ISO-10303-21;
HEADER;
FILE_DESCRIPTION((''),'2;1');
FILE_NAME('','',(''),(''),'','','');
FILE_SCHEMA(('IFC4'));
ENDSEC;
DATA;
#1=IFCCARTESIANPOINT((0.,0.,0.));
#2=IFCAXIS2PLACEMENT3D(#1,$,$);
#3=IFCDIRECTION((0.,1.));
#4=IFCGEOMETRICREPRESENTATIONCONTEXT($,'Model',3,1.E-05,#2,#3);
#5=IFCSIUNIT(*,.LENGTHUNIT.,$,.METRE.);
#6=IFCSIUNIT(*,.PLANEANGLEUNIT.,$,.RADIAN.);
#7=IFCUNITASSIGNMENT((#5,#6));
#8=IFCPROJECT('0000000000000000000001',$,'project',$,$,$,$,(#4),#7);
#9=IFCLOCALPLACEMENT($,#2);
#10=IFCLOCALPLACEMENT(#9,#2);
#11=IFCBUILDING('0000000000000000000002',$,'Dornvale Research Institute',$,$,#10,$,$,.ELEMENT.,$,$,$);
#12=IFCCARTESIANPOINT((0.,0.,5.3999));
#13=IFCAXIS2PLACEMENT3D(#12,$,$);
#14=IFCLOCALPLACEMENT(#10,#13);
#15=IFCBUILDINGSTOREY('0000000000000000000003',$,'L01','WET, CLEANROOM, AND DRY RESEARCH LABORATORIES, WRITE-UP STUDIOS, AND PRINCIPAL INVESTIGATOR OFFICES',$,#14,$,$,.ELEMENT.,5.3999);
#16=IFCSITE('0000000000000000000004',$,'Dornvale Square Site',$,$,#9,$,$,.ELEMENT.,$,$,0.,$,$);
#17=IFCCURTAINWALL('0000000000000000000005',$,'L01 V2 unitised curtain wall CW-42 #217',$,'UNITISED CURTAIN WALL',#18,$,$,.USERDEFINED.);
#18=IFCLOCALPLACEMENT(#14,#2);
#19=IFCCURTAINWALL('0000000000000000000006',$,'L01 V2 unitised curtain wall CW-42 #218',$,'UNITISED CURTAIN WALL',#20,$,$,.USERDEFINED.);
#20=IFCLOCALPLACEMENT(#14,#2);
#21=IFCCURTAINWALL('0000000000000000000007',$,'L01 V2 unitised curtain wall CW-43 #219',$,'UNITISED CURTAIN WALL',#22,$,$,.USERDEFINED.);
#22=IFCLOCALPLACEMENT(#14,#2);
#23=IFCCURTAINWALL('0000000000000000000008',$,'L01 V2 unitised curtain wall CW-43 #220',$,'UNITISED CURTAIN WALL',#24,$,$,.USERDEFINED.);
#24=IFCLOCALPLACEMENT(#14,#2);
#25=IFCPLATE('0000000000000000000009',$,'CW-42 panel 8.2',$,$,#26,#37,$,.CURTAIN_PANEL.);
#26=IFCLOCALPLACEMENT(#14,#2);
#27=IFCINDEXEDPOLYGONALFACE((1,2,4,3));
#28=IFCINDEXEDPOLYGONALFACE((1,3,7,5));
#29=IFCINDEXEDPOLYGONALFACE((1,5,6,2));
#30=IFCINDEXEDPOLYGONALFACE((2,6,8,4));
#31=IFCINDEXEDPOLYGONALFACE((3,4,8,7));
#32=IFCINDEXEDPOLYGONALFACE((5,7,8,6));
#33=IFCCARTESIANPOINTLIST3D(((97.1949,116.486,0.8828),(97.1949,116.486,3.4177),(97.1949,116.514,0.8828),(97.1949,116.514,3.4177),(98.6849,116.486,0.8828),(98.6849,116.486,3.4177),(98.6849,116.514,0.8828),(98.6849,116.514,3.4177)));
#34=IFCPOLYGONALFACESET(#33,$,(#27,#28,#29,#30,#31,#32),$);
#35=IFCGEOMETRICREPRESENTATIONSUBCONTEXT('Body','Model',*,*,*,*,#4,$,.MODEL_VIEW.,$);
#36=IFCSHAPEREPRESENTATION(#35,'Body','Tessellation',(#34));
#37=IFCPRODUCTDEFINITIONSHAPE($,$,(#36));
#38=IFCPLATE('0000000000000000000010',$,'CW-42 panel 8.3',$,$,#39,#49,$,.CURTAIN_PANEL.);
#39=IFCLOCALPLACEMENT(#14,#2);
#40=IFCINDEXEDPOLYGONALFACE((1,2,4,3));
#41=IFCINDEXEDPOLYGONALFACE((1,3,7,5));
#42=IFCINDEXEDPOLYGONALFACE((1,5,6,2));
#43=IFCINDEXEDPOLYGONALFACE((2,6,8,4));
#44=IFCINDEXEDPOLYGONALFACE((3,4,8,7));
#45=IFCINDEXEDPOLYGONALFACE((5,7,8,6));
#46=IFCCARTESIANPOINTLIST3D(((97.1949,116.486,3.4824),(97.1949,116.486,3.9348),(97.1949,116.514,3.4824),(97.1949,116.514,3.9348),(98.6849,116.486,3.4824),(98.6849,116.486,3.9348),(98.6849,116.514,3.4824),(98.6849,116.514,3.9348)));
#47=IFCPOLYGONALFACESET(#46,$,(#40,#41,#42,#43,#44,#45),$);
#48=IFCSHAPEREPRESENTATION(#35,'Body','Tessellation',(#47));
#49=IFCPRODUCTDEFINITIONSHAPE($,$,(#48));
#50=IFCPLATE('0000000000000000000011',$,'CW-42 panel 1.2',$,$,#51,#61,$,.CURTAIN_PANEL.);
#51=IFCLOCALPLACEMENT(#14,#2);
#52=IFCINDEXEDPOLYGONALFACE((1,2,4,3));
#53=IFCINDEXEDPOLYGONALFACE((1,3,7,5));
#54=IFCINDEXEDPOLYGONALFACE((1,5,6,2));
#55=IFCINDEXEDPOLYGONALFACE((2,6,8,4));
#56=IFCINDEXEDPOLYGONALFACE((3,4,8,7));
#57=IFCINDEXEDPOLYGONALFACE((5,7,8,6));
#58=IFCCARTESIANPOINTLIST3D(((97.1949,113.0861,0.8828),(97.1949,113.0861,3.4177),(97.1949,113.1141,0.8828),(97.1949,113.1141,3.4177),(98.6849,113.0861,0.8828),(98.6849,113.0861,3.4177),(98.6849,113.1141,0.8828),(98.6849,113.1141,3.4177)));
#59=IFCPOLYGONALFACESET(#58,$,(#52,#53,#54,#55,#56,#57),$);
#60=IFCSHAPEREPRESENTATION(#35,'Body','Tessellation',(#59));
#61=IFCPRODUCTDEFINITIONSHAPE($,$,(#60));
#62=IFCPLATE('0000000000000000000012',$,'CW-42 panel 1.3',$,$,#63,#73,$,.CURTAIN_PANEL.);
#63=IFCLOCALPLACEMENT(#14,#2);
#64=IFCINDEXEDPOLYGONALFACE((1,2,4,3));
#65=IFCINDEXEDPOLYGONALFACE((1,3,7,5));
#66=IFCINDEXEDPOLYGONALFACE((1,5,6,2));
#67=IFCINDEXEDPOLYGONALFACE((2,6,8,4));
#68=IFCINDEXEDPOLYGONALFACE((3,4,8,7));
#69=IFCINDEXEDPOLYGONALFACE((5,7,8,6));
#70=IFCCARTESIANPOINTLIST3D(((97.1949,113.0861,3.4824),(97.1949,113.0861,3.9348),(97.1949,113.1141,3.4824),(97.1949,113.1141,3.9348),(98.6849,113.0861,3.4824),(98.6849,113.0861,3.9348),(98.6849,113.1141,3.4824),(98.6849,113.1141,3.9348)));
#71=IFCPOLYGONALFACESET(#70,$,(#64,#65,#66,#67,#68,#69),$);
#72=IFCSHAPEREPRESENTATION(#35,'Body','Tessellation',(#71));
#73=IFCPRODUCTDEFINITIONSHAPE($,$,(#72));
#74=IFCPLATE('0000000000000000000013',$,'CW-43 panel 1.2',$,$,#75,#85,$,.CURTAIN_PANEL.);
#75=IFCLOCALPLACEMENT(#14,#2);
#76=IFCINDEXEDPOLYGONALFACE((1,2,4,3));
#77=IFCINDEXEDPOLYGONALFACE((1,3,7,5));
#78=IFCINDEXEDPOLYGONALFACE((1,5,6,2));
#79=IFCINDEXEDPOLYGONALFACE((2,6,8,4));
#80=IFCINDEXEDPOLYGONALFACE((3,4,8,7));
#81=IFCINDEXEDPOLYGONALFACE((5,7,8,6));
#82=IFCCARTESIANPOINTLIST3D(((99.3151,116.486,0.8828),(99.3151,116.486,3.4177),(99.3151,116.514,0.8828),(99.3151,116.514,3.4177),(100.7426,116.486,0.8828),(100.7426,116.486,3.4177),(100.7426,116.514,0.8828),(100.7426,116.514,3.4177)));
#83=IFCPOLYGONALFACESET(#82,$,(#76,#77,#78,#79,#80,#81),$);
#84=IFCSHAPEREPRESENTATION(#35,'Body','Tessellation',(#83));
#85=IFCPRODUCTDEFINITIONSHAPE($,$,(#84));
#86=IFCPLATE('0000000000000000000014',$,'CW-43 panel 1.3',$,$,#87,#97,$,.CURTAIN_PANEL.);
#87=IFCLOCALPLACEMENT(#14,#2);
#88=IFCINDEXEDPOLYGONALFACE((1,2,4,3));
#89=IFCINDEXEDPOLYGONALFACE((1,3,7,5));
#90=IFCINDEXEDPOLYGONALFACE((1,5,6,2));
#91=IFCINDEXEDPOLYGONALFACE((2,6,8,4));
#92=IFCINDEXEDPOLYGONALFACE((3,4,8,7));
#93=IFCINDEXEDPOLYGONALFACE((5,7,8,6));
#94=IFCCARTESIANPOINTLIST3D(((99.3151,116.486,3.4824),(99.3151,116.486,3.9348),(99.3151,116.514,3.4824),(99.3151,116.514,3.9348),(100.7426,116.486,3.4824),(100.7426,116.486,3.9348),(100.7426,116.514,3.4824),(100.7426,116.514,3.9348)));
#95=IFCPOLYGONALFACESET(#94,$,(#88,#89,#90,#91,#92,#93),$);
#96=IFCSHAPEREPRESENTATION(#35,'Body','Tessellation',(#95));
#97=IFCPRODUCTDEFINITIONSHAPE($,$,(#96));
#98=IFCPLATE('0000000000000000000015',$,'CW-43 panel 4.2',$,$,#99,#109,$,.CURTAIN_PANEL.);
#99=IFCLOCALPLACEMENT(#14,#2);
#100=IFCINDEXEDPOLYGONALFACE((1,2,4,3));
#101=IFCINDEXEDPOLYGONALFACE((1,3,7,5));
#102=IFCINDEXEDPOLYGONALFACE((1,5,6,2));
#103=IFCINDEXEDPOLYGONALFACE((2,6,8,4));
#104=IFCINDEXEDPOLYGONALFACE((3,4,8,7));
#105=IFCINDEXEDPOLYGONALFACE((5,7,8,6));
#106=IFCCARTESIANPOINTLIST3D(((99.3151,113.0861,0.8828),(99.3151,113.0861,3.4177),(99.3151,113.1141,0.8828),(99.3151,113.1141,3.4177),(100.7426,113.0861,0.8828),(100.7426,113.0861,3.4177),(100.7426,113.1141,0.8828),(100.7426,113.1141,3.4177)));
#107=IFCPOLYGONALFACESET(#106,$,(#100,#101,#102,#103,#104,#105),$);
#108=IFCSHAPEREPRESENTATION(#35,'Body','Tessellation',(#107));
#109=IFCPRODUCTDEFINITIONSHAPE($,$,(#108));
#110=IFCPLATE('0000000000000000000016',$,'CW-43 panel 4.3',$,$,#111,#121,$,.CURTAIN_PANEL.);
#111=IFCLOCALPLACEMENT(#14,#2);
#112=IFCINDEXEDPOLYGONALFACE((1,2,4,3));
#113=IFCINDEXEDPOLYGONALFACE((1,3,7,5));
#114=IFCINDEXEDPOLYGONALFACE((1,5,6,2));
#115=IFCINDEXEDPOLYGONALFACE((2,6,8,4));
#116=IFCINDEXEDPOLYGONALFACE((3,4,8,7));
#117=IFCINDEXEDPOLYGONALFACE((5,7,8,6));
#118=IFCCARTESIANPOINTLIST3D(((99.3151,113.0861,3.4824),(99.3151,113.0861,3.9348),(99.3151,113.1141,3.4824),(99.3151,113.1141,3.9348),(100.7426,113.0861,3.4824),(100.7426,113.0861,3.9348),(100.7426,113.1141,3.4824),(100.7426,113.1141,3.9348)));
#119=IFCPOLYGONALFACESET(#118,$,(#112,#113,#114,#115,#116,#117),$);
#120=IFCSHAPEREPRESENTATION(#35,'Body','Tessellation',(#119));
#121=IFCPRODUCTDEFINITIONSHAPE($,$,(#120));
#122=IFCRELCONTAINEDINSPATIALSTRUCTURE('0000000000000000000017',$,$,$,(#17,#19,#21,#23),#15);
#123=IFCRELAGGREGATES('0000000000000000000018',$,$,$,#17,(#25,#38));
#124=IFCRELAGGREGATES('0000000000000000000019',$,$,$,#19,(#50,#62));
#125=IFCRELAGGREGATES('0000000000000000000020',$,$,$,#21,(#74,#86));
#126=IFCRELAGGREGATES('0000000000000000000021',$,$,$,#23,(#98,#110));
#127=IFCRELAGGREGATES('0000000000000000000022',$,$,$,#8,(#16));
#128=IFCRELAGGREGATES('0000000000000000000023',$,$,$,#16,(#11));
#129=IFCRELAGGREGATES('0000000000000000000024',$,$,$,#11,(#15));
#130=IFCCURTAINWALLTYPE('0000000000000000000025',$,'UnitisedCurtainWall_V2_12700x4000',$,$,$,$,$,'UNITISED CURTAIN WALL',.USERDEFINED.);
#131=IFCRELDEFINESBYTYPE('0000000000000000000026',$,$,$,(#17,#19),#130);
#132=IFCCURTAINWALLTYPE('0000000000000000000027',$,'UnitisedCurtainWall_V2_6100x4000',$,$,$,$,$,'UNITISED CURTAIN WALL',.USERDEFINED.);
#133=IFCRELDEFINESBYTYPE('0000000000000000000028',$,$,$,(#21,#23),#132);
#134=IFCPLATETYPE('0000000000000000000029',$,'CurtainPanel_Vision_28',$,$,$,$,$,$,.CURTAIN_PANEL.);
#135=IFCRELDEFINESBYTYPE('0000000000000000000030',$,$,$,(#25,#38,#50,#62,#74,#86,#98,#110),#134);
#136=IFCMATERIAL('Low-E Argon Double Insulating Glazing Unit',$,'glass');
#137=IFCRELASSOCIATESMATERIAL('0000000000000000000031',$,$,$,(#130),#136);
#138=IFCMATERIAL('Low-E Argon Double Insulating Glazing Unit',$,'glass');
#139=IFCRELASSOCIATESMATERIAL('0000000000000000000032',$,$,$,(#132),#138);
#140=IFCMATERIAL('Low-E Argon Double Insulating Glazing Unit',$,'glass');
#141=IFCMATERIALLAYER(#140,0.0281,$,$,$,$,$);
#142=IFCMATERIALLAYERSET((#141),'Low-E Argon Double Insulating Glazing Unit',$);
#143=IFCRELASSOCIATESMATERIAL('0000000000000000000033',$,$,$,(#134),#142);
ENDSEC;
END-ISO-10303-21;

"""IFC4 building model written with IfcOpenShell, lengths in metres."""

from ifc_helpers import new_model, si_unit, direction, frame, origin, origin_2d, place, context, subcontext, project, spatial, rectangle, extrude, material, layer, layer_set, type_object, element, aggregate, save


model = new_model("IFC4")

# Units and contexts
model_context = context("Model", 3, precision=1e-05, world=origin(), true_north=direction((0.0, 1.0)))
body_context = subcontext(model_context, "Body", "Model", "MODEL_VIEW")
ifc_project = project(units=[si_unit("LENGTHUNIT", "METRE"), si_unit("PLANEANGLEUNIT", "RADIAN")], contexts=[model_context])

# Site, building, storey
site_placement = place(None, origin())
site = spatial("IfcSite", under=ifc_project, at=site_placement, Name="Dornvale Square Site", CompositionType="ELEMENT", RefElevation=0.0)
building_placement = place(site_placement, origin())
building = spatial("IfcBuilding", under=site, at=building_placement, Name="Dornvale Research Institute", CompositionType="ELEMENT")
storey_placement = place(building_placement, frame((0.0, 0.0, 5.3999)))
storey = spatial("IfcBuildingStorey", under=building, at=storey_placement, Name="L01", Description="WET, CLEANROOM, AND DRY RESEARCH LABORATORIES, WRITE-UP STUDIOS, AND PRINCIPAL INVESTIGATOR OFFICES", CompositionType="ELEMENT", Elevation=5.3999)

# Curtain walls
ifc_material_1 = material(Name="Low-E Argon Double Insulating Glazing Unit", Category="glass")
curtain_wall_type_1 = type_object("IfcCurtainWallType", Name="UnitisedCurtainWall_V2_12700x4000", ElementType="UNITISED CURTAIN WALL", PredefinedType="USERDEFINED", material=ifc_material_1)
curtain_wall_1_placement = place(storey_placement, origin())
curtain_wall_1 = element("IfcCurtainWall", 1, at=curtain_wall_1_placement, inside=storey, type_object=curtain_wall_type_1, Name="L01 V2 unitised curtain wall CW-42 #217", ObjectType="UNITISED CURTAIN WALL", PredefinedType="USERDEFINED")
curtain_wall_2_placement = place(storey_placement, origin())
curtain_wall_2 = element("IfcCurtainWall", 2, at=curtain_wall_2_placement, inside=storey, type_object=curtain_wall_type_1, Name="L01 V2 unitised curtain wall CW-42 #218", ObjectType="UNITISED CURTAIN WALL", PredefinedType="USERDEFINED")

# Curtain walls
ifc_material_2 = material(Name="Low-E Argon Double Insulating Glazing Unit", Category="glass")
curtain_wall_type_2 = type_object("IfcCurtainWallType", Name="UnitisedCurtainWall_V2_6100x4000", ElementType="UNITISED CURTAIN WALL", PredefinedType="USERDEFINED", material=ifc_material_2)
curtain_wall_3_placement = place(storey_placement, origin())
curtain_wall_3 = element("IfcCurtainWall", 3, at=curtain_wall_3_placement, inside=storey, type_object=curtain_wall_type_2, Name="L01 V2 unitised curtain wall CW-43 #219", ObjectType="UNITISED CURTAIN WALL", PredefinedType="USERDEFINED")
curtain_wall_4_placement = place(storey_placement, origin())
curtain_wall_4 = element("IfcCurtainWall", 4, at=curtain_wall_4_placement, inside=storey, type_object=curtain_wall_type_2, Name="L01 V2 unitised curtain wall CW-43 #220", ObjectType="UNITISED CURTAIN WALL", PredefinedType="USERDEFINED")

# Plates
ifc_material_3 = material(Name="Low-E Argon Double Insulating Glazing Unit", Category="glass")
ifc_layer_1 = layer(ifc_material_3, 0.0281)
ifc_layer_set_1 = layer_set([ifc_layer_1], Name="Low-E Argon Double Insulating Glazing Unit")
plate_type_1 = type_object("IfcPlateType", Name="CurtainPanel_Vision_28", PredefinedType="CURTAIN_PANEL", material=ifc_layer_set_1)
plate_1_placement = place(storey_placement, frame((97.9399, 116.5, 0.8828), z_axis=(0.0, 0.0, 1.0), x_axis=(1.0, 0.0, 0.0)))
plate_1 = element("IfcPlate", 5, at=plate_1_placement, type_object=plate_type_1, Name="CW-42 panel 8.2", PredefinedType="CURTAIN_PANEL", context=body_context, shape_type="SweptSolid", body=[
    extrude(rectangle(XDim=1.49, YDim=0.0281, at=origin_2d()), origin(), (0.0, 0.0, 1.0), 2.5349),
])
plate_2_placement = place(storey_placement, frame((97.9399, 116.5, 3.4824), z_axis=(0.0, 0.0, 1.0), x_axis=(1.0, 0.0, 0.0)))
plate_2 = element("IfcPlate", 6, at=plate_2_placement, type_object=plate_type_1, Name="CW-42 panel 8.3", PredefinedType="CURTAIN_PANEL", context=body_context, shape_type="SweptSolid", body=[
    extrude(rectangle(XDim=1.49, YDim=0.0281, at=origin_2d()), origin(), (0.0, 0.0, 1.0), 0.4524),
])
aggregate(curtain_wall_1, [plate_1, plate_2])
plate_3_placement = place(storey_placement, frame((97.9399, 113.1001, 0.8828), z_axis=(0.0, 0.0, 1.0), x_axis=(-1.0, 0.0, 0.0)))
plate_3 = element("IfcPlate", 7, at=plate_3_placement, type_object=plate_type_1, Name="CW-42 panel 1.2", PredefinedType="CURTAIN_PANEL", context=body_context, shape_type="SweptSolid", body=[
    extrude(rectangle(XDim=1.49, YDim=0.0281, at=origin_2d()), origin(), (0.0, 0.0, 1.0), 2.5349),
])
plate_4_placement = place(storey_placement, frame((97.9399, 113.1001, 3.4824), z_axis=(0.0, 0.0, 1.0), x_axis=(-1.0, 0.0, 0.0)))
plate_4 = element("IfcPlate", 8, at=plate_4_placement, type_object=plate_type_1, Name="CW-42 panel 1.3", PredefinedType="CURTAIN_PANEL", context=body_context, shape_type="SweptSolid", body=[
    extrude(rectangle(XDim=1.49, YDim=0.0281, at=origin_2d()), origin(), (0.0, 0.0, 1.0), 0.4524),
])
aggregate(curtain_wall_2, [plate_3, plate_4])
plate_5_placement = place(storey_placement, frame((100.0288, 116.5, 0.8828), z_axis=(0.0, 0.0, 1.0), x_axis=(1.0, 0.0, 0.0)))
plate_5 = element("IfcPlate", 9, at=plate_5_placement, type_object=plate_type_1, Name="CW-43 panel 1.2", PredefinedType="CURTAIN_PANEL", context=body_context, shape_type="SweptSolid", body=[
    extrude(rectangle(XDim=1.4275, YDim=0.0281, at=origin_2d()), origin(), (0.0, 0.0, 1.0), 2.5349),
])
plate_6_placement = place(storey_placement, frame((100.0288, 116.5, 3.4824), z_axis=(0.0, 0.0, 1.0), x_axis=(1.0, 0.0, 0.0)))
plate_6 = element("IfcPlate", 10, at=plate_6_placement, type_object=plate_type_1, Name="CW-43 panel 1.3", PredefinedType="CURTAIN_PANEL", context=body_context, shape_type="SweptSolid", body=[
    extrude(rectangle(XDim=1.4275, YDim=0.0281, at=origin_2d()), origin(), (0.0, 0.0, 1.0), 0.4524),
])
aggregate(curtain_wall_3, [plate_5, plate_6])
plate_7_placement = place(storey_placement, frame((100.0288, 113.1001, 0.8828), z_axis=(0.0, 0.0, 1.0), x_axis=(-1.0, 0.0, 0.0)))
plate_7 = element("IfcPlate", 11, at=plate_7_placement, type_object=plate_type_1, Name="CW-43 panel 4.2", PredefinedType="CURTAIN_PANEL", context=body_context, shape_type="SweptSolid", body=[
    extrude(rectangle(XDim=1.4275, YDim=0.0281, at=origin_2d()), origin(), (0.0, 0.0, 1.0), 2.5349),
])
plate_8_placement = place(storey_placement, frame((100.0288, 113.1001, 3.4824), z_axis=(0.0, 0.0, 1.0), x_axis=(-1.0, 0.0, 0.0)))
plate_8 = element("IfcPlate", 12, at=plate_8_placement, type_object=plate_type_1, Name="CW-43 panel 4.3", PredefinedType="CURTAIN_PANEL", context=body_context, shape_type="SweptSolid", body=[
    extrude(rectangle(XDim=1.4275, YDim=0.0281, at=origin_2d()), origin(), (0.0, 0.0, 1.0), 0.4524),
])
aggregate(curtain_wall_4, [plate_7, plate_8])

save(model, "model.ifc")
